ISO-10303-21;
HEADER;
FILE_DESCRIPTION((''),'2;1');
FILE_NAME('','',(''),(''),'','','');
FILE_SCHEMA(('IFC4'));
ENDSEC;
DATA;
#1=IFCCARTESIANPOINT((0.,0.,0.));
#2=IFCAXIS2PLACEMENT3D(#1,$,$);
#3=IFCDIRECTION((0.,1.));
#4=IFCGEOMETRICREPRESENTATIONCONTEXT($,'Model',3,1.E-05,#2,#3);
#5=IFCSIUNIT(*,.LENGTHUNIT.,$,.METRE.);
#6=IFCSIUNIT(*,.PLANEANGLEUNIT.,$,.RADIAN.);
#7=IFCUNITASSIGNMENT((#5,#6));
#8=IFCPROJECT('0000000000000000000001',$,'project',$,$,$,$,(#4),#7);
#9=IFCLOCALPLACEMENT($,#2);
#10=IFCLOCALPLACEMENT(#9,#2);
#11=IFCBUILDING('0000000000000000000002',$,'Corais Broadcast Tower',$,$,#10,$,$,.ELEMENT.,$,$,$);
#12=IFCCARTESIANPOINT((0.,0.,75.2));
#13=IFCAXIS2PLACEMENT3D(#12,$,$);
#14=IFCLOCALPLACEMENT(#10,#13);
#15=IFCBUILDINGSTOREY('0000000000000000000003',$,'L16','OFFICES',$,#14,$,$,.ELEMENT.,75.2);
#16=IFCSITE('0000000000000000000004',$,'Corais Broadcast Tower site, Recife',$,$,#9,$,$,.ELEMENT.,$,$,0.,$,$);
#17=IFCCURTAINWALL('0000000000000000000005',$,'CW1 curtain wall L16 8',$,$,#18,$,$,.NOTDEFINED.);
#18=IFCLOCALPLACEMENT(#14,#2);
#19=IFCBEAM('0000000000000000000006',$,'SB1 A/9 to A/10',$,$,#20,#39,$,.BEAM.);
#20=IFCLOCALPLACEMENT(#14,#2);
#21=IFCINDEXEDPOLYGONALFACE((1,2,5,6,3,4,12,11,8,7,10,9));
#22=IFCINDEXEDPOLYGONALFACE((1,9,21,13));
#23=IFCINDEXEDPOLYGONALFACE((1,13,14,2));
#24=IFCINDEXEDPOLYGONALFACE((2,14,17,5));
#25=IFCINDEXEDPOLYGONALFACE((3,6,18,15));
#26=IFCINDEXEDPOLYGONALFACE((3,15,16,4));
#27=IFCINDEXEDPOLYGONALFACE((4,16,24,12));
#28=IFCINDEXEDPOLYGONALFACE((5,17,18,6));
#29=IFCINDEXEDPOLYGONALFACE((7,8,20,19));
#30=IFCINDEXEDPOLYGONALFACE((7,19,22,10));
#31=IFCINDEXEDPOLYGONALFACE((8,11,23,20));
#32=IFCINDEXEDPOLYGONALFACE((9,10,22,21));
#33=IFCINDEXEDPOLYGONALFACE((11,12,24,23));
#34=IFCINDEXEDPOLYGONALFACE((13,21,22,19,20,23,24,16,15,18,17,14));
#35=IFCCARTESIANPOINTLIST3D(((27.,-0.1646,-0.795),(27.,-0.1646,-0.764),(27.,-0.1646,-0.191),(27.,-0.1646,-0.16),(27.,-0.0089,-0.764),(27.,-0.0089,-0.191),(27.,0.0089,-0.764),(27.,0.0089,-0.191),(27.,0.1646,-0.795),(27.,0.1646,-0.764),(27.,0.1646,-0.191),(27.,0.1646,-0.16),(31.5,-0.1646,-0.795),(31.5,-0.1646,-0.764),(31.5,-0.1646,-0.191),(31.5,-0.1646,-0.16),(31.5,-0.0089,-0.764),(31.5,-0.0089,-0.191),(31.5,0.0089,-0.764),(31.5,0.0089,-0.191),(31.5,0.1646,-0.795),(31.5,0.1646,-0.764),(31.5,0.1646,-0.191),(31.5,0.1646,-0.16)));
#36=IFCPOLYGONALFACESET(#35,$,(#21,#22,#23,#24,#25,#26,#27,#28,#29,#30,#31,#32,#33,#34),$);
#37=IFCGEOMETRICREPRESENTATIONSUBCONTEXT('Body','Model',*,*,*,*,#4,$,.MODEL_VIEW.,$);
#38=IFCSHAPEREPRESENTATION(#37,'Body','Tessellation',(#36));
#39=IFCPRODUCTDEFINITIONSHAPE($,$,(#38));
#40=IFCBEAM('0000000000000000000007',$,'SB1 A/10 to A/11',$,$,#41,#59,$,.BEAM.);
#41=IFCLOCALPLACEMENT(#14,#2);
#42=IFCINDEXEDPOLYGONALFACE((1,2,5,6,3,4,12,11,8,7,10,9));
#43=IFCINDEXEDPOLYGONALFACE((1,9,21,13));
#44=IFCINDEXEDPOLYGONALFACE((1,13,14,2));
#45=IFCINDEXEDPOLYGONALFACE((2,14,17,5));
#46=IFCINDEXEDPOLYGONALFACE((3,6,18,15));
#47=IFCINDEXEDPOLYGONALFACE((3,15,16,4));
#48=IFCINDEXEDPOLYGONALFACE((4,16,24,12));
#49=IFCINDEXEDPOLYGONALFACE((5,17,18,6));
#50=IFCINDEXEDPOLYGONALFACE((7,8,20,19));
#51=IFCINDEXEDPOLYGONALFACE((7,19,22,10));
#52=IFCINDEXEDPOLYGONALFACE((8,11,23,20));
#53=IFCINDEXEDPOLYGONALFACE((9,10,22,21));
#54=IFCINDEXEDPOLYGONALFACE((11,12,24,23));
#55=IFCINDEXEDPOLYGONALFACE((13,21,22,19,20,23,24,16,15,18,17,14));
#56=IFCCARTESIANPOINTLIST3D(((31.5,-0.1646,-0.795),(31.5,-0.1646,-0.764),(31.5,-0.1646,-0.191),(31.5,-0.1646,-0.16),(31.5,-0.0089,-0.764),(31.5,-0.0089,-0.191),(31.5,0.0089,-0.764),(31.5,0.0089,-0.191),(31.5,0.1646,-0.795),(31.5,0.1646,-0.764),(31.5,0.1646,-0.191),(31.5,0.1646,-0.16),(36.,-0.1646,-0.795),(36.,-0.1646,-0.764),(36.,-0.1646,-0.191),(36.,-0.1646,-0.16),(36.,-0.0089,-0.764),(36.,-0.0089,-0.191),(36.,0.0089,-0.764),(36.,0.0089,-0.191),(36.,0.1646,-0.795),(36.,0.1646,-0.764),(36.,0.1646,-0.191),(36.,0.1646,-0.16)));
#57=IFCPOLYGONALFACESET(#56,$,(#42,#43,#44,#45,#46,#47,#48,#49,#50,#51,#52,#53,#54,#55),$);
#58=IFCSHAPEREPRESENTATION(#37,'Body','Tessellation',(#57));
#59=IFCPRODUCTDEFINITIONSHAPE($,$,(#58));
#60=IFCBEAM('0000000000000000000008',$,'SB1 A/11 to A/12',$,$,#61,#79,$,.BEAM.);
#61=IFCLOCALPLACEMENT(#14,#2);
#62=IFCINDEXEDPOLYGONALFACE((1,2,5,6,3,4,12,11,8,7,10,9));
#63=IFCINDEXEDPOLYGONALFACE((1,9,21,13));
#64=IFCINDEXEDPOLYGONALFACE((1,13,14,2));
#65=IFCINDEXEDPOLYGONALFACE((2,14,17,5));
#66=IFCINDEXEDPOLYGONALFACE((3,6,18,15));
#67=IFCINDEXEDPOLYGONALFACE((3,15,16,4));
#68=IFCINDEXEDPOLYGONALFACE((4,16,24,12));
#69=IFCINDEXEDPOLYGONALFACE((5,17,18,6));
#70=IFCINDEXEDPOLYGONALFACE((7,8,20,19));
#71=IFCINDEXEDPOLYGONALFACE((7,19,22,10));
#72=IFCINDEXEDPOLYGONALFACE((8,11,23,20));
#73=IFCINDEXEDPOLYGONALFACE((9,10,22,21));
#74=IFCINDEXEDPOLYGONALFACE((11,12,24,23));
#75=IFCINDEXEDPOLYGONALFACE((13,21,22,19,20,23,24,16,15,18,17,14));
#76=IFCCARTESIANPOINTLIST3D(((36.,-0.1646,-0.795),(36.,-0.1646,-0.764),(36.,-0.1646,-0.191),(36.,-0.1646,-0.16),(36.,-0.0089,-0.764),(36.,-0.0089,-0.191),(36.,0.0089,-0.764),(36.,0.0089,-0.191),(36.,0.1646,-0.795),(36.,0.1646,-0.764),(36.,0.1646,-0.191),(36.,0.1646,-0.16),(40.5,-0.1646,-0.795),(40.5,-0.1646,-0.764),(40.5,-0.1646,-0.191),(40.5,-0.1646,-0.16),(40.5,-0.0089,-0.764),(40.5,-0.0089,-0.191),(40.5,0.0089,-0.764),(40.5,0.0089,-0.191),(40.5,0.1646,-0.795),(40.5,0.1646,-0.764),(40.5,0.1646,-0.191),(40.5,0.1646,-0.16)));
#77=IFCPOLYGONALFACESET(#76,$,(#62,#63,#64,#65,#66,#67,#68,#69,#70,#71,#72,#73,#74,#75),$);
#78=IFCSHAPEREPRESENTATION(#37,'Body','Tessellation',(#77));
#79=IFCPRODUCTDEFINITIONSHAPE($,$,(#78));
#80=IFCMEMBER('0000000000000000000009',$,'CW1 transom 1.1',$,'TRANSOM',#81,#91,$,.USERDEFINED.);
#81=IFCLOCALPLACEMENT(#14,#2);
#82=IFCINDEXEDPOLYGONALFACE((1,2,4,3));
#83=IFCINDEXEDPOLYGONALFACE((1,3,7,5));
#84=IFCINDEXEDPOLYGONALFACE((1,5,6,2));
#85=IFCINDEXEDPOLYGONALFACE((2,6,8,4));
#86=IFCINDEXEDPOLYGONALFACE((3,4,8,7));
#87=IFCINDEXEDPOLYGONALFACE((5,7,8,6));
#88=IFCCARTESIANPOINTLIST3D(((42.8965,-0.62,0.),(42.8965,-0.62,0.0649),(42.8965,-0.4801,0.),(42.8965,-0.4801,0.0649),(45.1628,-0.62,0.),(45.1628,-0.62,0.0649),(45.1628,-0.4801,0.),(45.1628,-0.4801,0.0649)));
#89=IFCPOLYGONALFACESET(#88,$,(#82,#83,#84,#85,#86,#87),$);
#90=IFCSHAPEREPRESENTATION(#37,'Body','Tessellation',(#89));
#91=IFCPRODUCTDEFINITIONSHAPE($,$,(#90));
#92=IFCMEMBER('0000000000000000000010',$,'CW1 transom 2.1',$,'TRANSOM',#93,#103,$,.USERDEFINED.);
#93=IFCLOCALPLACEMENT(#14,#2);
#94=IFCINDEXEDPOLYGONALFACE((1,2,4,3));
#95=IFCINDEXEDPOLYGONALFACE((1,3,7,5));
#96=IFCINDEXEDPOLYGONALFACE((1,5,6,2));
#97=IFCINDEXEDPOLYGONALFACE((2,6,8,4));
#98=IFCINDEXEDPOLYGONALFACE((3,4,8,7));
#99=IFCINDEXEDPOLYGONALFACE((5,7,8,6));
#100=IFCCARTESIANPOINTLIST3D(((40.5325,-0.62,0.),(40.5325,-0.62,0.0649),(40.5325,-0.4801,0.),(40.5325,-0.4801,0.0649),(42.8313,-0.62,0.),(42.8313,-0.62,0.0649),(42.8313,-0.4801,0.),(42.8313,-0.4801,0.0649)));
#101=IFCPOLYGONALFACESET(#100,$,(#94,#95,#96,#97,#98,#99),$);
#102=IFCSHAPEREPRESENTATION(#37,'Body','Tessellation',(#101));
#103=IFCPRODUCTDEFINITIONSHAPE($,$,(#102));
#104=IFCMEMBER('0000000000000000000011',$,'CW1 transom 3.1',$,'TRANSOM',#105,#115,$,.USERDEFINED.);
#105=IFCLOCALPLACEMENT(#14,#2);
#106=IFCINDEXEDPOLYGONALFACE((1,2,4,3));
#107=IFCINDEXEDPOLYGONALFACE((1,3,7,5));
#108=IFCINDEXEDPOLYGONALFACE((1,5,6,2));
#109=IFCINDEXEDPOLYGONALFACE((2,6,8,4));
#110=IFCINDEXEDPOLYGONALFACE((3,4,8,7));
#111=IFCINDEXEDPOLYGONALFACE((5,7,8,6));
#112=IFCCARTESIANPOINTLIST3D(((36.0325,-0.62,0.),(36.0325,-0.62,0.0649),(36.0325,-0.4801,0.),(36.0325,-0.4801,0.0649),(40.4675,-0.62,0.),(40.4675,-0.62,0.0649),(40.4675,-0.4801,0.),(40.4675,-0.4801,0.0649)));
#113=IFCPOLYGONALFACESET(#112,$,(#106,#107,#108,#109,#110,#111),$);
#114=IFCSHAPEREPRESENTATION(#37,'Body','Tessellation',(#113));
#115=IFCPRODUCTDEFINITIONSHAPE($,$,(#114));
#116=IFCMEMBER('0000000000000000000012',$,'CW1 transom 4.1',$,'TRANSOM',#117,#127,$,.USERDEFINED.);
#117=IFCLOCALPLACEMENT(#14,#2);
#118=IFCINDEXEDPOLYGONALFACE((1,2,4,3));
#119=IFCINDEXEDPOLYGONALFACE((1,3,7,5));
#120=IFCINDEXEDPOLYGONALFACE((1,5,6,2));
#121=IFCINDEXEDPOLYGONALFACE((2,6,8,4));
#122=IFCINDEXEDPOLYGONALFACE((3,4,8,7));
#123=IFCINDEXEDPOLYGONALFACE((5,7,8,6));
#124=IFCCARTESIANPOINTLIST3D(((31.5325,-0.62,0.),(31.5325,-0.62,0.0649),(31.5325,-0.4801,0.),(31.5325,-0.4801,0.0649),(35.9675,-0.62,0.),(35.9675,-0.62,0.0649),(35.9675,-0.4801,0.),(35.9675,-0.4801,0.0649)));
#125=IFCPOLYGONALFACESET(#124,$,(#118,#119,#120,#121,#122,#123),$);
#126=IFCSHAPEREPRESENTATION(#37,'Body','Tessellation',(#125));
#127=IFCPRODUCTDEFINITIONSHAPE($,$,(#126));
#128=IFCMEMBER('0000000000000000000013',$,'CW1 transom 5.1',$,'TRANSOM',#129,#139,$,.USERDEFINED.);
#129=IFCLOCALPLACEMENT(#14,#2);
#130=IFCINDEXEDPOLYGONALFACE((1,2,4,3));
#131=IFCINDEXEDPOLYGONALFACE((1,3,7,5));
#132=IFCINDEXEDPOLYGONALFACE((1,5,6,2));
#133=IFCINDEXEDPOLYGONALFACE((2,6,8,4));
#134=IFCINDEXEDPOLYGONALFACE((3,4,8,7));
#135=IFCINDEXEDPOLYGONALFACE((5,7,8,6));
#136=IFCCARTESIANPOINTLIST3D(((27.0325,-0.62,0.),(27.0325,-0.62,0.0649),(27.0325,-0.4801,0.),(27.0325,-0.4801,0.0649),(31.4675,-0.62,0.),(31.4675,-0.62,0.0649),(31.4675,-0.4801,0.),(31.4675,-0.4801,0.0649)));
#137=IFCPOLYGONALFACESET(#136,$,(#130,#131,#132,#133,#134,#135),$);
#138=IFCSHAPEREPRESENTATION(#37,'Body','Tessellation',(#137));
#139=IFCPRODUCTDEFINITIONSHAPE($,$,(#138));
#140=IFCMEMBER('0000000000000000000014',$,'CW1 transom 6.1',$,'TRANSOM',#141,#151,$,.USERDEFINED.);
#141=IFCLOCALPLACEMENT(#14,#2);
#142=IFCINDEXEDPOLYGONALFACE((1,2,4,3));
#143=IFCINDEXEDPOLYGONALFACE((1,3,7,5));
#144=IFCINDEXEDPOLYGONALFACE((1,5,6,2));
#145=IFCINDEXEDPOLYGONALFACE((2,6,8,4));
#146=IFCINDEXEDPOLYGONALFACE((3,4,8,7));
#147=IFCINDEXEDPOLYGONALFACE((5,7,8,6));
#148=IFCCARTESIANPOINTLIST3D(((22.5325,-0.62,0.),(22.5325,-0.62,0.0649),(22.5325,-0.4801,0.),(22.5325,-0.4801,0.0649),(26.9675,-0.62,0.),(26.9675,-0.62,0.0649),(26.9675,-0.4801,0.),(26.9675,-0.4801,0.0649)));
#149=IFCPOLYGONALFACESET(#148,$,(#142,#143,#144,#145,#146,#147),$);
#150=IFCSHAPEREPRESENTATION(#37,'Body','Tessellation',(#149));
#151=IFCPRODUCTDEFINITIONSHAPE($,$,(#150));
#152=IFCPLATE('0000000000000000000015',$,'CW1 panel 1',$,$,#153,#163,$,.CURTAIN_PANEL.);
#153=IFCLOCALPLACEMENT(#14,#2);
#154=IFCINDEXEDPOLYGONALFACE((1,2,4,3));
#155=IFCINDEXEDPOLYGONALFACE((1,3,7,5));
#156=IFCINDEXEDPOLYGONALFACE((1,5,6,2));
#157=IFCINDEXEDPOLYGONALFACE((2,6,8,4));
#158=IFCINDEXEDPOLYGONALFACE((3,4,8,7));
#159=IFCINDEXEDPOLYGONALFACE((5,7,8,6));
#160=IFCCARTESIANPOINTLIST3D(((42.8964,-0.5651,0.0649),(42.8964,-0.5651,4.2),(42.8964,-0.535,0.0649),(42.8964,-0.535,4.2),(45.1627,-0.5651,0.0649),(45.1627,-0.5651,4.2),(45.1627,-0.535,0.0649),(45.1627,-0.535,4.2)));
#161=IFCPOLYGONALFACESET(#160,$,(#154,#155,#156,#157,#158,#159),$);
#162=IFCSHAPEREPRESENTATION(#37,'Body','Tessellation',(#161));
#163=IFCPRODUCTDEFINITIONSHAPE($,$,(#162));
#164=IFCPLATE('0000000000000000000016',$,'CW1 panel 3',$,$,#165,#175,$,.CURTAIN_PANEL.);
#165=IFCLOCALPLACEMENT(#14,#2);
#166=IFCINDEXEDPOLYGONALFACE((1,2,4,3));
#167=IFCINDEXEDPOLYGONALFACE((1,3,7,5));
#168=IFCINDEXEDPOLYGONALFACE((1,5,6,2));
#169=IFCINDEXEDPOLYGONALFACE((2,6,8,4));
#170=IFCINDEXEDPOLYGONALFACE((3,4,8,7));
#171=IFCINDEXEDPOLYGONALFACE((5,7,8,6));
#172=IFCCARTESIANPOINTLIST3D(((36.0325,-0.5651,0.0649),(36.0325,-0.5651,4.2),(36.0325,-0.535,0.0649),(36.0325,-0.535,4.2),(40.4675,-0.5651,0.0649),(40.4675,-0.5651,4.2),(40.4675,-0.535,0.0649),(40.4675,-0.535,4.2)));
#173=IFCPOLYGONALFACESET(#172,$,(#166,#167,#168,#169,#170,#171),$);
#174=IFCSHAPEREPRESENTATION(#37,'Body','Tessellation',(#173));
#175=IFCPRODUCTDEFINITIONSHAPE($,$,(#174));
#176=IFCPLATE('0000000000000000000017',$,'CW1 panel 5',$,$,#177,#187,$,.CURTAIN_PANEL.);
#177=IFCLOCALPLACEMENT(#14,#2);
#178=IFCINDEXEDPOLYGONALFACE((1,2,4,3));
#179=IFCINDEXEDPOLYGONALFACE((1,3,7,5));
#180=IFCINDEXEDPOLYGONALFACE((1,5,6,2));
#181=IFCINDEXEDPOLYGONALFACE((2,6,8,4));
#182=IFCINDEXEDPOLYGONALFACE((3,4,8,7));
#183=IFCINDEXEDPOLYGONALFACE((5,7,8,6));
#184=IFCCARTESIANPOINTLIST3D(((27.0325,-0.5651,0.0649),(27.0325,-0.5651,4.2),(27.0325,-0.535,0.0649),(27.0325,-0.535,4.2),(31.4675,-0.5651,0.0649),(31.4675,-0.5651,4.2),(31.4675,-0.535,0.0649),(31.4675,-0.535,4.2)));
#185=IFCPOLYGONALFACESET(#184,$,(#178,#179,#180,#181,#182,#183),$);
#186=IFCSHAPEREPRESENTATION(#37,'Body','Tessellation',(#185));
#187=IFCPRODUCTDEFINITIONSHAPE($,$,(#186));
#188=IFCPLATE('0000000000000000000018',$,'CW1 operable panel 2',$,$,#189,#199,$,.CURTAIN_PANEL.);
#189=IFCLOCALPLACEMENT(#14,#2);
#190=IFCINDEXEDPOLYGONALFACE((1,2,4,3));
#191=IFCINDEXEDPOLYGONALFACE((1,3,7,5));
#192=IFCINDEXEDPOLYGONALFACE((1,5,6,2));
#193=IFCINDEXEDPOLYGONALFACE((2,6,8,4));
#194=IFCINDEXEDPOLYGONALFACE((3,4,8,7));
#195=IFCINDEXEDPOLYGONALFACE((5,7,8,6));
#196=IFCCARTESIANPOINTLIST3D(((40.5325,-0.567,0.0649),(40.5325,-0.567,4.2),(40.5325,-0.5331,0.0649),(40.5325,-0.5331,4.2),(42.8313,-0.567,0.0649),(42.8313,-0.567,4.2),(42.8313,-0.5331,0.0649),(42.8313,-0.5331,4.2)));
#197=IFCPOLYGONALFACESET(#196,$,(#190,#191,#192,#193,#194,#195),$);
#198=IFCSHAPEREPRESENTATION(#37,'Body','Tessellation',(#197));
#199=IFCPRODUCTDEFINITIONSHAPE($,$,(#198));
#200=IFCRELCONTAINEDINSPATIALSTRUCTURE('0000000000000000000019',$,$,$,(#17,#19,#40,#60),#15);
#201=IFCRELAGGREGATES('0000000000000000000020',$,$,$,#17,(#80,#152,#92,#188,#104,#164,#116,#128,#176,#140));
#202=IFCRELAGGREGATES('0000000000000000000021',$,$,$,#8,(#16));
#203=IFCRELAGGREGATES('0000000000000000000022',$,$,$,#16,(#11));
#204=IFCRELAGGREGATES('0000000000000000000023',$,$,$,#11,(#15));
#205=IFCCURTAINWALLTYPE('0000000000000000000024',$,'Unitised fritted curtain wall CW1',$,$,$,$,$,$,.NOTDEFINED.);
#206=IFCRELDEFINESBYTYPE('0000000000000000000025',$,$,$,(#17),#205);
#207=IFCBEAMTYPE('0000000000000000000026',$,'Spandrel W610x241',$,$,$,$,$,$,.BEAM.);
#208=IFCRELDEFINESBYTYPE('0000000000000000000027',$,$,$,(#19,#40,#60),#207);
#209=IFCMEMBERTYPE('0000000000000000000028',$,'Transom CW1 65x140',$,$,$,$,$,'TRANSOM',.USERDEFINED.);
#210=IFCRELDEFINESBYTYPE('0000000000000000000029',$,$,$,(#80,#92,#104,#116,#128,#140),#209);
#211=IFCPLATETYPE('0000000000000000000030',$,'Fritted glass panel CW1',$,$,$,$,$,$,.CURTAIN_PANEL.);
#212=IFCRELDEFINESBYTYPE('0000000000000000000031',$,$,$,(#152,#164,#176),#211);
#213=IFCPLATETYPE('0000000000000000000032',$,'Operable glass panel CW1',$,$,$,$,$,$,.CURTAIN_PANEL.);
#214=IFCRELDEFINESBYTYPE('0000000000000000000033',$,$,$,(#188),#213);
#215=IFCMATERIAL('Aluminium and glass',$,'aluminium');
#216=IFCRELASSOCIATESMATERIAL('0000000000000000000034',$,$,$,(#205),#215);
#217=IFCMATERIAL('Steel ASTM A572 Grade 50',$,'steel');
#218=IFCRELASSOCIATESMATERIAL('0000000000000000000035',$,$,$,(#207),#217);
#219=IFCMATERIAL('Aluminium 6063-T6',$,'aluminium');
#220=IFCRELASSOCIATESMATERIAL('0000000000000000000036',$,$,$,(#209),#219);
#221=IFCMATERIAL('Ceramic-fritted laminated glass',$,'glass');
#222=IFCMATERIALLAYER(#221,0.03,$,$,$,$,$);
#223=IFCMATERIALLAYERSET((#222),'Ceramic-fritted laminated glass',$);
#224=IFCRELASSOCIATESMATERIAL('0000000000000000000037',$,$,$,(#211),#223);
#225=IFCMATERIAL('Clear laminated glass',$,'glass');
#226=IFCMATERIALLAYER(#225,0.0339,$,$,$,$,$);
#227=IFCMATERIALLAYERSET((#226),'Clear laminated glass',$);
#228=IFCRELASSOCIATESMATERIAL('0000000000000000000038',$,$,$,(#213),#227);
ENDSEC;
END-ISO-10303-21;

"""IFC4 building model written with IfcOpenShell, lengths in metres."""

from ifc_helpers import new_model, si_unit, direction, frame, origin, origin_2d, place, context, subcontext, project, spatial, rectangle, i_section, extrude, material, layer, layer_set, material_profile, profile_set, type_object, element, aggregate, save


model = new_model("IFC4")

# Units and contexts
model_context = context("Model", 3, precision=1e-05, world=origin(), true_north=direction((0.0, 1.0)))
body_context = subcontext(model_context, "Body", "Model", "MODEL_VIEW")
ifc_project = project(units=[si_unit("LENGTHUNIT", "METRE"), si_unit("PLANEANGLEUNIT", "RADIAN")], contexts=[model_context])

# Site, building, storey
site_placement = place(None, origin())
site = spatial("IfcSite", under=ifc_project, at=site_placement, Name="Corais Broadcast Tower site, Recife", CompositionType="ELEMENT", RefElevation=0.0)
building_placement = place(site_placement, origin())
building = spatial("IfcBuilding", under=site, at=building_placement, Name="Corais Broadcast Tower", CompositionType="ELEMENT")
storey_placement = place(building_placement, frame((0.0, 0.0, 75.2)))
storey = spatial("IfcBuildingStorey", under=building, at=storey_placement, Name="L16", Description="OFFICES", CompositionType="ELEMENT", Elevation=75.2)

# Curtain wall
ifc_material_1 = material(Name="Aluminium and glass", Category="aluminium")
curtain_wall_type = type_object("IfcCurtainWallType", Name="Unitised fritted curtain wall CW1", PredefinedType="NOTDEFINED", material=ifc_material_1)
curtain_wall_placement = place(storey_placement, origin())
curtain_wall = element("IfcCurtainWall", 1, at=curtain_wall_placement, inside=storey, type_object=curtain_wall_type, Name="CW1 curtain wall L16 8", PredefinedType="NOTDEFINED")

# Beams
ifc_material_2 = material(Name="Steel ASTM A572 Grade 50", Category="steel")
ifc_material_profile_1 = material_profile(ifc_material_2, i_section(OverallWidth=0.3291, OverallDepth=0.635, WebThickness=0.0178, FlangeThickness=0.031, at=origin_2d()), Name="W610x241")
ifc_profile_set_1 = profile_set([ifc_material_profile_1], Name="Steel ASTM A572 Grade 50")
beam_type_1 = type_object("IfcBeamType", Name="Spandrel W610x241", PredefinedType="BEAM", material=ifc_profile_set_1)
for number, where, z_axis, x_axis, name in (
    (2, (27.0, 0.0, -0.4775), (1.0, 0.0, 0.0), (0.0, 1.0, 0.0), "SB1 A/9 to A/10"),
    (3, (31.5, 0.0, -0.4775), (1.0, 0.0, 0.0), (0.0, 1.0, 0.0), "SB1 A/10 to A/11"),
    (4, (36.0, 0.0, -0.4775), (1.0, 0.0, 0.0), (0.0, 1.0, 0.0), "SB1 A/11 to A/12"),
):
    element("IfcBeam", number, at=place(storey_placement, frame(where, z_axis=z_axis, x_axis=x_axis)), inside=storey, type_object=beam_type_1, Name=name, PredefinedType="BEAM", context=body_context, shape_type="SweptSolid", body=[
        extrude(i_section(OverallWidth=0.3291, OverallDepth=0.635, WebThickness=0.0178, FlangeThickness=0.031, at=origin_2d()), origin(), (0.0, 0.0, 1.0), 4.5),
    ])

# Members
ifc_material_3 = material(Name="Aluminium 6063-T6", Category="aluminium")
ifc_material_profile_2 = material_profile(ifc_material_3, rectangle(XDim=0.1399, YDim=0.0649, at=origin_2d()), Name="Transom CW1 65x140")
ifc_profile_set_2 = profile_set([ifc_material_profile_2], Name="Aluminium 6063-T6")
member_type_1 = type_object("IfcMemberType", Name="Transom CW1 65x140", ElementType="TRANSOM", PredefinedType="USERDEFINED", material=ifc_profile_set_2)
member_1_placement = place(storey_placement, frame((45.1628, -0.55, 0.0325), z_axis=(-1.0, 0.0, 0.0), x_axis=(0.0, -1.0, 0.0)))
member_1 = element("IfcMember", 5, at=member_1_placement, type_object=member_type_1, Name="CW1 transom 1.1", ObjectType="TRANSOM", PredefinedType="USERDEFINED", context=body_context, shape_type="SweptSolid", body=[
    extrude(rectangle(XDim=0.1399, YDim=0.0649, at=origin_2d()), origin(), (0.0, 0.0, 1.0), 2.2664),
])
member_2_placement = place(storey_placement, frame((42.8313, -0.55, 0.0325), z_axis=(-1.0, 0.0, 0.0), x_axis=(0.0, -1.0, 0.0)))
member_2 = element("IfcMember", 6, at=member_2_placement, type_object=member_type_1, Name="CW1 transom 2.1", ObjectType="TRANSOM", PredefinedType="USERDEFINED", context=body_context, shape_type="SweptSolid", body=[
    extrude(rectangle(XDim=0.1399, YDim=0.0649, at=origin_2d()), origin(), (0.0, 0.0, 1.0), 2.2988),
])
member_3_placement = place(storey_placement, frame((40.4675, -0.55, 0.0325), z_axis=(-1.0, 0.0, 0.0), x_axis=(0.0, -1.0, 0.0)))
member_3 = element("IfcMember", 7, at=member_3_placement, type_object=member_type_1, Name="CW1 transom 3.1", ObjectType="TRANSOM", PredefinedType="USERDEFINED", context=body_context, shape_type="SweptSolid", body=[
    extrude(rectangle(XDim=0.1399, YDim=0.0649, at=origin_2d()), origin(), (0.0, 0.0, 1.0), 4.4351),
])
member_4_placement = place(storey_placement, frame((35.9675, -0.55, 0.0325), z_axis=(-1.0, 0.0, 0.0), x_axis=(0.0, -1.0, 0.0)))
member_4 = element("IfcMember", 8, at=member_4_placement, type_object=member_type_1, Name="CW1 transom 4.1", ObjectType="TRANSOM", PredefinedType="USERDEFINED", context=body_context, shape_type="SweptSolid", body=[
    extrude(rectangle(XDim=0.1399, YDim=0.0649, at=origin_2d()), origin(), (0.0, 0.0, 1.0), 4.4351),
])
member_5_placement = place(storey_placement, frame((31.4675, -0.55, 0.0325), z_axis=(-1.0, 0.0, 0.0), x_axis=(0.0, -1.0, 0.0)))
member_5 = element("IfcMember", 9, at=member_5_placement, type_object=member_type_1, Name="CW1 transom 5.1", ObjectType="TRANSOM", PredefinedType="USERDEFINED", context=body_context, shape_type="SweptSolid", body=[
    extrude(rectangle(XDim=0.1399, YDim=0.0649, at=origin_2d()), origin(), (0.0, 0.0, 1.0), 4.4351),
])
member_6_placement = place(storey_placement, frame((26.9675, -0.55, 0.0325), z_axis=(-1.0, 0.0, 0.0), x_axis=(0.0, -1.0, 0.0)))
member_6 = element("IfcMember", 10, at=member_6_placement, type_object=member_type_1, Name="CW1 transom 6.1", ObjectType="TRANSOM", PredefinedType="USERDEFINED", context=body_context, shape_type="SweptSolid", body=[
    extrude(rectangle(XDim=0.1399, YDim=0.0649, at=origin_2d()), origin(), (0.0, 0.0, 1.0), 4.4351),
])

# Plates
ifc_material_4 = material(Name="Ceramic-fritted laminated glass", Category="glass")
ifc_layer_1 = layer(ifc_material_4, 0.03)
ifc_layer_set_1 = layer_set([ifc_layer_1], Name="Ceramic-fritted laminated glass")
plate_type_1 = type_object("IfcPlateType", Name="Fritted glass panel CW1", PredefinedType="CURTAIN_PANEL", material=ifc_layer_set_1)
plate_1_placement = place(storey_placement, frame((44.0295, -0.55, 0.0649), z_axis=(0.0, 0.0, 1.0), x_axis=(-1.0, 0.0, 0.0)))
plate_1 = element("IfcPlate", 11, at=plate_1_placement, type_object=plate_type_1, Name="CW1 panel 1", PredefinedType="CURTAIN_PANEL", context=body_context, shape_type="SweptSolid", body=[
    extrude(rectangle(XDim=2.2664, YDim=0.03, at=origin_2d()), origin(), (0.0, 0.0, 1.0), 4.135),
])
plate_2_placement = place(storey_placement, frame((38.25, -0.55, 0.0649), z_axis=(0.0, 0.0, 1.0), x_axis=(-1.0, 0.0, 0.0)))
plate_2 = element("IfcPlate", 12, at=plate_2_placement, type_object=plate_type_1, Name="CW1 panel 3", PredefinedType="CURTAIN_PANEL", context=body_context, shape_type="SweptSolid", body=[
    extrude(rectangle(XDim=4.4351, YDim=0.03, at=origin_2d()), origin(), (0.0, 0.0, 1.0), 4.135),
])
plate_3_placement = place(storey_placement, frame((29.25, -0.55, 0.0649), z_axis=(0.0, 0.0, 1.0), x_axis=(-1.0, 0.0, 0.0)))
plate_3 = element("IfcPlate", 13, at=plate_3_placement, type_object=plate_type_1, Name="CW1 panel 5", PredefinedType="CURTAIN_PANEL", context=body_context, shape_type="SweptSolid", body=[
    extrude(rectangle(XDim=4.4351, YDim=0.03, at=origin_2d()), origin(), (0.0, 0.0, 1.0), 4.135),
])
ifc_material_5 = material(Name="Clear laminated glass", Category="glass")
ifc_layer_2 = layer(ifc_material_5, 0.0339)
ifc_layer_set_2 = layer_set([ifc_layer_2], Name="Clear laminated glass")
plate_type_2 = type_object("IfcPlateType", Name="Operable glass panel CW1", PredefinedType="CURTAIN_PANEL", material=ifc_layer_set_2)
plate_4_placement = place(storey_placement, frame((41.6819, -0.55, 0.0649), z_axis=(0.0, 0.0, 1.0), x_axis=(-1.0, 0.0, 0.0)))
plate_4 = element("IfcPlate", 14, at=plate_4_placement, type_object=plate_type_2, Name="CW1 operable panel 2", PredefinedType="CURTAIN_PANEL", context=body_context, shape_type="SweptSolid", body=[
    extrude(rectangle(XDim=2.2988, YDim=0.0339, at=origin_2d()), origin(), (0.0, 0.0, 1.0), 4.135),
])
aggregate(curtain_wall, [member_1, plate_1, member_2, plate_4, member_3, plate_2, member_4, member_5, plate_3, member_6])

save(model, "model.ifc")
